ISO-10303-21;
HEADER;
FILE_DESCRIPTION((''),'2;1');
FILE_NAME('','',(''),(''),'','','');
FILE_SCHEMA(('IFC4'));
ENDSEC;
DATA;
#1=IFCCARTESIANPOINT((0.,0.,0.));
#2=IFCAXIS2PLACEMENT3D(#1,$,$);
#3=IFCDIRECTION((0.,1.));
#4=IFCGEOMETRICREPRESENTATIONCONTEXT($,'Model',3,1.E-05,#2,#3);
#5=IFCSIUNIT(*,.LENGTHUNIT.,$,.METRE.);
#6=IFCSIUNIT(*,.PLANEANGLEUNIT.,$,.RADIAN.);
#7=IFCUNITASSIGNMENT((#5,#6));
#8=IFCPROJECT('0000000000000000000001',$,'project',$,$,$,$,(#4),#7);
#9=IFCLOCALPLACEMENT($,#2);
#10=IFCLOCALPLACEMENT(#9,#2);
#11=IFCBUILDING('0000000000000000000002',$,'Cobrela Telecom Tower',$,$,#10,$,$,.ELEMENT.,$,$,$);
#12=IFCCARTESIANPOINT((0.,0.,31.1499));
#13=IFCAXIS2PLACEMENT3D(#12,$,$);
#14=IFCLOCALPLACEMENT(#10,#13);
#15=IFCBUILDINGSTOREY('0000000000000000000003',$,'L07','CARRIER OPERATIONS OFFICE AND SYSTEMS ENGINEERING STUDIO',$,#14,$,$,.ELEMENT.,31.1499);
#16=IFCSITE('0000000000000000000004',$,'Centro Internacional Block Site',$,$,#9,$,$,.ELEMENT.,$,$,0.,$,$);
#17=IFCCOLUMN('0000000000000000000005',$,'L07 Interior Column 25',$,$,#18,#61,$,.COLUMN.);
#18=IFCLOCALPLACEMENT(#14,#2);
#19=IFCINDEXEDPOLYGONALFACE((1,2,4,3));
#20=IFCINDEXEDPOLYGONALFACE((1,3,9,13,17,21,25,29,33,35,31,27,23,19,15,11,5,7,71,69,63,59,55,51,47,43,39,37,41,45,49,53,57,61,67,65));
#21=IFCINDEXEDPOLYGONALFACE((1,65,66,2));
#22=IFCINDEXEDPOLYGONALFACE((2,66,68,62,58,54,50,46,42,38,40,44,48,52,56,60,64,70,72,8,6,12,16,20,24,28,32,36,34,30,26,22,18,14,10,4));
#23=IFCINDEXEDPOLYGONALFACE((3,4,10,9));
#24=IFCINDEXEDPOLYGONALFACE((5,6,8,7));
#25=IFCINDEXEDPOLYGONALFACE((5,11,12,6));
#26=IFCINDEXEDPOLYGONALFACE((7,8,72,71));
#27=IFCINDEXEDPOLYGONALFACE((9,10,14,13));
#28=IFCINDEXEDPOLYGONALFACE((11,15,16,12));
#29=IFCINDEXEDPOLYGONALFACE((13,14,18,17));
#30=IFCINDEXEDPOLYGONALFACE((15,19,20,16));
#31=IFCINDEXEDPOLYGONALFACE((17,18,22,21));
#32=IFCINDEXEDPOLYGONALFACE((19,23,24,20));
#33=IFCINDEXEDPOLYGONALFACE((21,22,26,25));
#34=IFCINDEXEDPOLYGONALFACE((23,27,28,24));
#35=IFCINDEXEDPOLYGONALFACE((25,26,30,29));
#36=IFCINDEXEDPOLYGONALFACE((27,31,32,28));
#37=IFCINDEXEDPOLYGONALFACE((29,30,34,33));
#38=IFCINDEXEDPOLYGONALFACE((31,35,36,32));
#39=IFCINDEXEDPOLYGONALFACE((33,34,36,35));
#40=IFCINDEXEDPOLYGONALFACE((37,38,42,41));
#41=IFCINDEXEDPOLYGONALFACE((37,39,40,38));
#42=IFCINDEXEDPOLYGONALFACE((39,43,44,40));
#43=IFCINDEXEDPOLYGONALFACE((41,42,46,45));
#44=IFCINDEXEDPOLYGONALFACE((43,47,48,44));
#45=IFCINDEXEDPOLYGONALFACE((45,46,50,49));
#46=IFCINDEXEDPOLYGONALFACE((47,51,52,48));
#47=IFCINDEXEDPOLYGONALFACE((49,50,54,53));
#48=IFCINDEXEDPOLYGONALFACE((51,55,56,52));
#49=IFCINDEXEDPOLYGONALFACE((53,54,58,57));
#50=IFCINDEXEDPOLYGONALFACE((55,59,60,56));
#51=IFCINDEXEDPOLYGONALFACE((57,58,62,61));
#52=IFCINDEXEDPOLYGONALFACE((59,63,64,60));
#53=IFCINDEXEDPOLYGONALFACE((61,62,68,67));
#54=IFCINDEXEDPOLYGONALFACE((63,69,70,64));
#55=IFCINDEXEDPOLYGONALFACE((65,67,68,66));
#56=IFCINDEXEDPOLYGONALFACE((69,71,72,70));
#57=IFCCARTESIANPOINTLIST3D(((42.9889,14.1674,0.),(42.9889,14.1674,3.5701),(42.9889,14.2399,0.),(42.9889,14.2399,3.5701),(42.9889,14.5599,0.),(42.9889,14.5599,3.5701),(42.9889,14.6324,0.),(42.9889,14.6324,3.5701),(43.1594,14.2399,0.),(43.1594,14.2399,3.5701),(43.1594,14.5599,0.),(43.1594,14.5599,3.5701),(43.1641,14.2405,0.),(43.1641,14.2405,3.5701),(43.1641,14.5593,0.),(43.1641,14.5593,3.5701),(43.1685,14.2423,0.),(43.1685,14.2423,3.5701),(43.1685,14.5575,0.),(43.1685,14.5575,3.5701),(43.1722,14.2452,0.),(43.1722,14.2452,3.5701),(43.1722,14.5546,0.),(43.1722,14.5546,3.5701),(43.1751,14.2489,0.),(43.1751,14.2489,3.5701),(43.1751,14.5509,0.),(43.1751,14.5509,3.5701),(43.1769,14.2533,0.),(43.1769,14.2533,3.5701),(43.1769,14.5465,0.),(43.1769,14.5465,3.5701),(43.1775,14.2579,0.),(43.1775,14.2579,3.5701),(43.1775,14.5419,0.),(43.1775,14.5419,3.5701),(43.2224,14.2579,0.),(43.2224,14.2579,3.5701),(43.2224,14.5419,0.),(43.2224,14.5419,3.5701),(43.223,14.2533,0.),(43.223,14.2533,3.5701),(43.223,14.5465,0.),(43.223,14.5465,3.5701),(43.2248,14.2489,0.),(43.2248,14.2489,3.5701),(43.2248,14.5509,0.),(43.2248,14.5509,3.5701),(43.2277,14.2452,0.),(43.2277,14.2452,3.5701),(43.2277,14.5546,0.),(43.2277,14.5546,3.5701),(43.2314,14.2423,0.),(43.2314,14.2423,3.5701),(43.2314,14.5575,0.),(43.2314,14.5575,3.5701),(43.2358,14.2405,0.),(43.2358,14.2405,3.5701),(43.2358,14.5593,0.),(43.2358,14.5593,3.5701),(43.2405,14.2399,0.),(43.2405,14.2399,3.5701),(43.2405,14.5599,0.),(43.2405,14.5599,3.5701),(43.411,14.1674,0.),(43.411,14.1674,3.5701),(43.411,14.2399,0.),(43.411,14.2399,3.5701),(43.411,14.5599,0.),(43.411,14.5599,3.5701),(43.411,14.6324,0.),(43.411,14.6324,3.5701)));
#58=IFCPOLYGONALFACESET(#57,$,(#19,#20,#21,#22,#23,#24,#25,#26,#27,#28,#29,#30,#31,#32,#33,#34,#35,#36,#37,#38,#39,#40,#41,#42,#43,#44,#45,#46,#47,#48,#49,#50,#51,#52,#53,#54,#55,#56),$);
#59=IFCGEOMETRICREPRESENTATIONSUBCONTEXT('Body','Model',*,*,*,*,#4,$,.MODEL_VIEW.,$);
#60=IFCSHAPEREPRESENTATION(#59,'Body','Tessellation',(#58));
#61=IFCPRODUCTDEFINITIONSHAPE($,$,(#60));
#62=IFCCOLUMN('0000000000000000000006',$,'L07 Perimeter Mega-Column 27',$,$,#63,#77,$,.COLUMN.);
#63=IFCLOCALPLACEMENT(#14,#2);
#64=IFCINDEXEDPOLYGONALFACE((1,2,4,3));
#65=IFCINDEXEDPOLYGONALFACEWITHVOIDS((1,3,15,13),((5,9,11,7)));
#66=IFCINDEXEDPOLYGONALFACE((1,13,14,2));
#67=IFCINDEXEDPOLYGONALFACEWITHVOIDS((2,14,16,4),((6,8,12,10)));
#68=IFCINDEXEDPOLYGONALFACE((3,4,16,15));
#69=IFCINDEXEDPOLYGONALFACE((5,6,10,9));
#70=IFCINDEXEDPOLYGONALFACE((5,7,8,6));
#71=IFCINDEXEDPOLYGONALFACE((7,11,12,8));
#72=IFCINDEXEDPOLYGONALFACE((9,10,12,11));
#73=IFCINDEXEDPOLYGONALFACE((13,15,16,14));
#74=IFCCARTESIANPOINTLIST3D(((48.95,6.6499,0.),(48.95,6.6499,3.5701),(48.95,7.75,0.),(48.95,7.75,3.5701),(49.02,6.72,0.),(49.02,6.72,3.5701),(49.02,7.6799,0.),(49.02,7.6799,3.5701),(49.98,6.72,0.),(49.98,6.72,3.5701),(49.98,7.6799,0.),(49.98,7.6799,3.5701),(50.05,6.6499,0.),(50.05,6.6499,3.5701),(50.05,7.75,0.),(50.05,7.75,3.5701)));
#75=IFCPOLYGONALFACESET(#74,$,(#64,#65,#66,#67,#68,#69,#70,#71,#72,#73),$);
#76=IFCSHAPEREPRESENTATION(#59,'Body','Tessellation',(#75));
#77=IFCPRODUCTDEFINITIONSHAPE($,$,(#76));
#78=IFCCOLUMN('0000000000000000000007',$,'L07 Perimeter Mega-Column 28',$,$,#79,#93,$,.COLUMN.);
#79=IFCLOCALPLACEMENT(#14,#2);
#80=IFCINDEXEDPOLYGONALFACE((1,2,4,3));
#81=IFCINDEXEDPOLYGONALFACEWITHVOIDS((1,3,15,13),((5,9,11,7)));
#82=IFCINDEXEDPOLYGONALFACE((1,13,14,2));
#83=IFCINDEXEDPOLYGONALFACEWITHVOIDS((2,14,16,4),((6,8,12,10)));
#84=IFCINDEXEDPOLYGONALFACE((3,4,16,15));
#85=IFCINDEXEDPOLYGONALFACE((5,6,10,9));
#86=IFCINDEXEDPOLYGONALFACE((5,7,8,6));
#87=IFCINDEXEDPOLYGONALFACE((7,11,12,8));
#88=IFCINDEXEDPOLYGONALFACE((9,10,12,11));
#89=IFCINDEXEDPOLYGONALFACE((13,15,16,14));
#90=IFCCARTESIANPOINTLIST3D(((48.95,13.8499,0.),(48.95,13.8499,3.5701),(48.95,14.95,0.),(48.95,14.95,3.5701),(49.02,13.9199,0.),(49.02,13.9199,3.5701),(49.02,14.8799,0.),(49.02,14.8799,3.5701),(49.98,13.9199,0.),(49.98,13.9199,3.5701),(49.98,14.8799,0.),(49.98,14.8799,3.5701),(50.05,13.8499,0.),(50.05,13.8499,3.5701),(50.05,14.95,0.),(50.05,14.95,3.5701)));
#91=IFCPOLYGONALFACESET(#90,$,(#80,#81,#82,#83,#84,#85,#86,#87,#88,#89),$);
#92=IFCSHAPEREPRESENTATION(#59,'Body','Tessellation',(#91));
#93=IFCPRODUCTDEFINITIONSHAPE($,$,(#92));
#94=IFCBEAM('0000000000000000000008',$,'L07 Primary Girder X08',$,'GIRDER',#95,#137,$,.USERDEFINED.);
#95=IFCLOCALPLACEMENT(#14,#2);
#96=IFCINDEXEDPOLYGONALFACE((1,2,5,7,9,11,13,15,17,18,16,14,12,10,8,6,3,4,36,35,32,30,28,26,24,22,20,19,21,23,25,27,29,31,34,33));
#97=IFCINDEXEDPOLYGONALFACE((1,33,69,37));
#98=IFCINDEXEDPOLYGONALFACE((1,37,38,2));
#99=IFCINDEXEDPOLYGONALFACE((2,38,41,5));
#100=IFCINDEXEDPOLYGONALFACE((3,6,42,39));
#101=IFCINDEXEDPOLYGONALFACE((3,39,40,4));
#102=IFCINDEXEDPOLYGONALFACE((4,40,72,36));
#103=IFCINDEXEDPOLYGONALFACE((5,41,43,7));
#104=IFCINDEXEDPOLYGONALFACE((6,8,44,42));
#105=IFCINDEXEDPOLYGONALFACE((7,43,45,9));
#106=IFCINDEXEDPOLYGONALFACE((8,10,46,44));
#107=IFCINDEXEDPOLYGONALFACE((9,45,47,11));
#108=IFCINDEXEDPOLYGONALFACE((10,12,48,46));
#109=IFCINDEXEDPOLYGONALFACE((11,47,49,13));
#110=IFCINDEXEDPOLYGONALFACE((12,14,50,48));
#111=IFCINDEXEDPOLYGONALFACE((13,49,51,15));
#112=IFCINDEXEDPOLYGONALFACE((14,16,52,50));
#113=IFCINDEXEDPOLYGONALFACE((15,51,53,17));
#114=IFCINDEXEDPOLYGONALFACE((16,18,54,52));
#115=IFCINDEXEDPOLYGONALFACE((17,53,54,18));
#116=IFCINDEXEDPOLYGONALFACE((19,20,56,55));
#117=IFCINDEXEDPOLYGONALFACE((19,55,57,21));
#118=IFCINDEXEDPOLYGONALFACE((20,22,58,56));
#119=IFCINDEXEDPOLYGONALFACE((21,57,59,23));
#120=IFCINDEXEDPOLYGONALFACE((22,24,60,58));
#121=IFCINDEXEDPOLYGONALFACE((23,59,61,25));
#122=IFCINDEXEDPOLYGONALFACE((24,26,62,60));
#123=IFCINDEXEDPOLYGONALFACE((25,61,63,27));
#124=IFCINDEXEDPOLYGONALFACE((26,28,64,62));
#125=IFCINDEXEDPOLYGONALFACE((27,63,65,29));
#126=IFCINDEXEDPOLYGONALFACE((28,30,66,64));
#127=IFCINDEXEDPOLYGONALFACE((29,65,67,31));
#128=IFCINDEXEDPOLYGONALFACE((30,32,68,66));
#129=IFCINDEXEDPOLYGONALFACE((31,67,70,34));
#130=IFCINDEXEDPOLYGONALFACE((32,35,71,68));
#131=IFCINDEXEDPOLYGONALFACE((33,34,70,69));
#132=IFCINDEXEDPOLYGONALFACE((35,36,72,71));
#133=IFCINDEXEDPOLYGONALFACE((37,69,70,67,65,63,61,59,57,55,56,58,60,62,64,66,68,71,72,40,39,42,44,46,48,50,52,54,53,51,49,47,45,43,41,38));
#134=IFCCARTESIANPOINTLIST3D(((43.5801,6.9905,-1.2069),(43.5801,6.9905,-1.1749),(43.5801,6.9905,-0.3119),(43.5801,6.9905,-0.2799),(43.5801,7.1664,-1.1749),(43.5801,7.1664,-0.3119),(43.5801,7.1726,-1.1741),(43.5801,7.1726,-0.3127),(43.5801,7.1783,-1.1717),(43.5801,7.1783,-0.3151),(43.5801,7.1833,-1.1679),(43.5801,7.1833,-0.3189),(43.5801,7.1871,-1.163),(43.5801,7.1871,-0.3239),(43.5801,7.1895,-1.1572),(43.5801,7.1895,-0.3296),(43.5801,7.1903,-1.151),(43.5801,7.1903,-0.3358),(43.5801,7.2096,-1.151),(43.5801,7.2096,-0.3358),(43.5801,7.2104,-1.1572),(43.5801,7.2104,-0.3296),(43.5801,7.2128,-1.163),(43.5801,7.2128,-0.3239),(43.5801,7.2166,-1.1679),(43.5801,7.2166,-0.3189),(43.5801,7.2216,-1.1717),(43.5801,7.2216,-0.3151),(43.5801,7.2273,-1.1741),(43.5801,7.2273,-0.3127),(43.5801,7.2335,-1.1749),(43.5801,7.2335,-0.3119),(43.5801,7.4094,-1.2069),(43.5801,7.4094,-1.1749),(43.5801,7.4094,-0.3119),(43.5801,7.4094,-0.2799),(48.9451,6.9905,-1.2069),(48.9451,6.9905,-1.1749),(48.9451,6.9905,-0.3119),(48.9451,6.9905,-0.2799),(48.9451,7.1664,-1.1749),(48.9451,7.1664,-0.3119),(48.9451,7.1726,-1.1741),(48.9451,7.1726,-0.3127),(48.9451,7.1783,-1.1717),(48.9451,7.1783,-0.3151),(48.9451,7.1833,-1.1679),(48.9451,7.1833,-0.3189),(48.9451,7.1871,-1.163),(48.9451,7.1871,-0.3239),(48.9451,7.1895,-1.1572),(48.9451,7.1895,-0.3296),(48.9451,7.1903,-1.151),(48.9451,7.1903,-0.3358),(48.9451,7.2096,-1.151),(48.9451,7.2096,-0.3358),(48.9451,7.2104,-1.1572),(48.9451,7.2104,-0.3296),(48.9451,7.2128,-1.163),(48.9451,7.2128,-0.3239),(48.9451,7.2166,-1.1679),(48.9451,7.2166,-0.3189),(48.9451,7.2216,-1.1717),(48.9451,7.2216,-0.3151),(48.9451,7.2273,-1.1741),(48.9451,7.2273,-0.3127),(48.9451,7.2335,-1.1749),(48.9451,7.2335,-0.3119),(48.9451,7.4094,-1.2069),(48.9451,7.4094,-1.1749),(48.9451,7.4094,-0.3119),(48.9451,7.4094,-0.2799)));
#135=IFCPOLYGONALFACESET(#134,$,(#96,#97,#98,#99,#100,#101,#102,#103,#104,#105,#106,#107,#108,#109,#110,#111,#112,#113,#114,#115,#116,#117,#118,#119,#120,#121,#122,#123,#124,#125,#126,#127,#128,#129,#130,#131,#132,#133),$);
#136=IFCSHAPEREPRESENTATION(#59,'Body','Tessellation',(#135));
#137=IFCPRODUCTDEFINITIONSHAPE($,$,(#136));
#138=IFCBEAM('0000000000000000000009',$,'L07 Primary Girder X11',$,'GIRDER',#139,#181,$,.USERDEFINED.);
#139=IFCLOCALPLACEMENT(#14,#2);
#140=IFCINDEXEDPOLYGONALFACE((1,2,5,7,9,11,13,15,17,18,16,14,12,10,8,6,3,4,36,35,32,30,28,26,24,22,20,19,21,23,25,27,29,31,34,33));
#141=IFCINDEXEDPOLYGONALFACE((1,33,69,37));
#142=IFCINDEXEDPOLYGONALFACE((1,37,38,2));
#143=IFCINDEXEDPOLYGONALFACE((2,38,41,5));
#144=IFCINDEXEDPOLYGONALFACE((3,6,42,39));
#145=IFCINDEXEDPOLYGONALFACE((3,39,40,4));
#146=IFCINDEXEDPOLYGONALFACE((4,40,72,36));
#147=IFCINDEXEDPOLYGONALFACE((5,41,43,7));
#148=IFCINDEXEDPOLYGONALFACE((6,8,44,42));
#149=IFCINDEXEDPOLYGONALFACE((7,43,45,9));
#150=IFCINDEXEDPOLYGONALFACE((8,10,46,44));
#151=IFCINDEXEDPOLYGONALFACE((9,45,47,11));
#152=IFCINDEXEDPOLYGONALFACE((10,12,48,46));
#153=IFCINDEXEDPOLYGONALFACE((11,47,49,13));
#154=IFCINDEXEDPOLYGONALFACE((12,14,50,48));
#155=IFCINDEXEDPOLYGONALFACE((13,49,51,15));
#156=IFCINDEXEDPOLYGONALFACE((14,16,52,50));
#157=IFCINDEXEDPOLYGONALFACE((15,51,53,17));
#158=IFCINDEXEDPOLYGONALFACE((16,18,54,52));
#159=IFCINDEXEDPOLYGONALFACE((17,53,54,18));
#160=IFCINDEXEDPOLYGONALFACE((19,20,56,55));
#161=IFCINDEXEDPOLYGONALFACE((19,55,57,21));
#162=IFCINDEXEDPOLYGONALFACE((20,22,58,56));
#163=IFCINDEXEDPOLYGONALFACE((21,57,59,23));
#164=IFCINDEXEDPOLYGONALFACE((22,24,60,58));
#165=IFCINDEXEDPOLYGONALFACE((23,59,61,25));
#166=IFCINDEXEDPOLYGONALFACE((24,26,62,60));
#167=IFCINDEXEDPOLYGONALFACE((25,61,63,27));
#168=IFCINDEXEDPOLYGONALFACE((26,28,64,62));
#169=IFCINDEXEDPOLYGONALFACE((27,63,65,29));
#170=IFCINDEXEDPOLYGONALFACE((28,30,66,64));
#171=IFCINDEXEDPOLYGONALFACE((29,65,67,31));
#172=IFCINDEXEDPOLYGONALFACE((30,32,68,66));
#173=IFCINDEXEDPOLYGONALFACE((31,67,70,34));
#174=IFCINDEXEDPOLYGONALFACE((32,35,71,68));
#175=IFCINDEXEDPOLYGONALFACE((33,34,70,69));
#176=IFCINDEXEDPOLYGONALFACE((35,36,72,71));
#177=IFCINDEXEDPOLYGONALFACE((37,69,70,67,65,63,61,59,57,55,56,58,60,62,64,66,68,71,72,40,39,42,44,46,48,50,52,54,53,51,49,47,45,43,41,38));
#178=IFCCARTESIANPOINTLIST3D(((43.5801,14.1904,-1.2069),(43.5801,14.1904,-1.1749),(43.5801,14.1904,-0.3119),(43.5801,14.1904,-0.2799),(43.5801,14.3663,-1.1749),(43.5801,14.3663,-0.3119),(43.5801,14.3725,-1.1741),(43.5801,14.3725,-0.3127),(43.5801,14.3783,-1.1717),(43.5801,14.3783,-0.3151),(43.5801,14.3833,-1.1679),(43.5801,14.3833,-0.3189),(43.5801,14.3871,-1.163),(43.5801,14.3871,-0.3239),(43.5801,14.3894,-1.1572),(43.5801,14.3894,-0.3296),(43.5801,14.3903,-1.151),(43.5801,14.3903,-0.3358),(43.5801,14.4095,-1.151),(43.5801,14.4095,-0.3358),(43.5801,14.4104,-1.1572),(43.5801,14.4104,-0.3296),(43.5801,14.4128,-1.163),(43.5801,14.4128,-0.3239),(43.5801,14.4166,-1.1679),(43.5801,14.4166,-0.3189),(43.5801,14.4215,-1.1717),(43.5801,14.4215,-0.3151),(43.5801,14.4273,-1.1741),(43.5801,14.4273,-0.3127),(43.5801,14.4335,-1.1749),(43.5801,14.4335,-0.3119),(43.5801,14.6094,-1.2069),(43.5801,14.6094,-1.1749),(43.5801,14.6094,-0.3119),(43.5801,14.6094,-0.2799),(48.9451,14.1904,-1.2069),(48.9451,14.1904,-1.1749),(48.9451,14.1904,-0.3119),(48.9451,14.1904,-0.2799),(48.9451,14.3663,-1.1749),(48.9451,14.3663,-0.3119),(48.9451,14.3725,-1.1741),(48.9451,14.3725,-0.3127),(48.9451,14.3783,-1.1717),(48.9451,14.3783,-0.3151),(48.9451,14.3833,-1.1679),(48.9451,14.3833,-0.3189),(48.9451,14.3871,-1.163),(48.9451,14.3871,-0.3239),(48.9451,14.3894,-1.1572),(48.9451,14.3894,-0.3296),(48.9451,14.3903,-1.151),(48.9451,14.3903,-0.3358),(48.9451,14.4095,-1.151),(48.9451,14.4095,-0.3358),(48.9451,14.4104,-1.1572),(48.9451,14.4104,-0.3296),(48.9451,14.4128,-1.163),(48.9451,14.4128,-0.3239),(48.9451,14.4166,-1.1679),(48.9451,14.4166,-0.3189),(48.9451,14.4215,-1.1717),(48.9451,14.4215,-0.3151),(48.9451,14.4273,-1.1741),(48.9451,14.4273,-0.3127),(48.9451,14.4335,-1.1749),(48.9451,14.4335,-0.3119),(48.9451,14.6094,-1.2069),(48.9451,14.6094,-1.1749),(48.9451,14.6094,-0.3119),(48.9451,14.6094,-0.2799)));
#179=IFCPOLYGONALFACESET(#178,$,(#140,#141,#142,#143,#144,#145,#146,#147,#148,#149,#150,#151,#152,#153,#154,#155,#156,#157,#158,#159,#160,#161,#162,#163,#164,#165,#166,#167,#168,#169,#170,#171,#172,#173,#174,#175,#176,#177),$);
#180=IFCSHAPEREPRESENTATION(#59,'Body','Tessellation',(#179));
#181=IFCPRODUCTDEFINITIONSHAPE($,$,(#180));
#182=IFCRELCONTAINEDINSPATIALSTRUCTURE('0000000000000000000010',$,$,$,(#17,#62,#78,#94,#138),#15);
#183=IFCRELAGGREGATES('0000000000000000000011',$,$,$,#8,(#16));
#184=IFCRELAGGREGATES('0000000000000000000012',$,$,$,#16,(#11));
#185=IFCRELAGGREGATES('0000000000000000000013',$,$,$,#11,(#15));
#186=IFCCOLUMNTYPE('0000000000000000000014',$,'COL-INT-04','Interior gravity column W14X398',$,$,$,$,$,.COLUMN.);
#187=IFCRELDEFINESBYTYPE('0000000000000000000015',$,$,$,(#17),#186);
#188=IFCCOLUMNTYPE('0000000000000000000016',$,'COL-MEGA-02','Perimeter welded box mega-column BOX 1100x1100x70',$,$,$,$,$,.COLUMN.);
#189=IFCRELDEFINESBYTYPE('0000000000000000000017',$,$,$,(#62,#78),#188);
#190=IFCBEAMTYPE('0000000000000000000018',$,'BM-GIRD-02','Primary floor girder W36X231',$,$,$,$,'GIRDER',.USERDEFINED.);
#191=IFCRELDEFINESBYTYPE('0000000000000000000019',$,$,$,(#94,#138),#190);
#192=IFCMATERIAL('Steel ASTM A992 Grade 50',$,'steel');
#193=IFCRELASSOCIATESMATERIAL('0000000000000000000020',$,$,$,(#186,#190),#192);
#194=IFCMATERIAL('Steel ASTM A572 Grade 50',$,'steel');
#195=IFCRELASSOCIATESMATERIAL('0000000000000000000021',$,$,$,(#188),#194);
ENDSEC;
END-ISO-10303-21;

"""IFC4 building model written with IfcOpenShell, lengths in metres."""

from ifc_helpers import new_model, si_unit, direction, frame, origin, origin_2d, place, context, subcontext, project, spatial, hollow_rectangle, i_section, extrude, material, material_profile, profile_set, type_object, element, save


model = new_model("IFC4")

# Units and contexts
model_context = context("Model", 3, precision=1e-05, world=origin(), true_north=direction((0.0, 1.0)))
body_context = subcontext(model_context, "Body", "Model", "MODEL_VIEW")
ifc_project = project(units=[si_unit("LENGTHUNIT", "METRE"), si_unit("PLANEANGLEUNIT", "RADIAN")], contexts=[model_context])

# Site, building, storey
site_placement = place(None, origin())
site = spatial("IfcSite", under=ifc_project, at=site_placement, Name="Centro Internacional Block Site", CompositionType="ELEMENT", RefElevation=0.0)
building_placement = place(site_placement, origin())
building = spatial("IfcBuilding", under=site, at=building_placement, Name="Cobrela Telecom Tower", CompositionType="ELEMENT")
storey_placement = place(building_placement, frame((0.0, 0.0, 31.1499)))
storey = spatial("IfcBuildingStorey", under=building, at=storey_placement, Name="L07", Description="CARRIER OPERATIONS OFFICE AND SYSTEMS ENGINEERING STUDIO", CompositionType="ELEMENT", Elevation=31.1499)

# Columns
ifc_material_1 = material(Name="Steel ASTM A992 Grade 50", Category="steel")
ifc_material_profile_1 = material_profile(ifc_material_1, i_section(OverallWidth=0.4221, OverallDepth=0.4651, WebThickness=0.0449, FlangeThickness=0.0725, FilletRadius=0.0181, at=origin_2d()), Name="W14X398")
ifc_profile_set_1 = profile_set([ifc_material_profile_1], Name="Steel ASTM A992 Grade 50")
column_type_1 = type_object("IfcColumnType", Name="COL-INT-04", Description="Interior gravity column W14X398", PredefinedType="COLUMN", material=ifc_profile_set_1)
column_placement = place(storey_placement, frame((43.2, 14.3999, 0.0), z_axis=(0.0, 0.0, 1.0), x_axis=(1.0, 0.0, 0.0)))
element("IfcColumn", 1, at=column_placement, inside=storey, type_object=column_type_1, Name="L07 Interior Column 25", PredefinedType="COLUMN", context=body_context, shape_type="SweptSolid", body=[
    extrude(i_section(OverallWidth=0.4221, OverallDepth=0.4651, WebThickness=0.0449, FlangeThickness=0.0725, FilletRadius=0.0181, at=origin_2d()), origin(), (0.0, 0.0, 1.0), 3.5701),
])
ifc_material_2 = material(Name="Steel ASTM A572 Grade 50", Category="steel")
ifc_material_profile_2 = material_profile(ifc_material_2, hollow_rectangle(XDim=1.1001, YDim=1.1001, WallThickness=0.0701, at=origin_2d()), Name="BOX 1100x1100x70")
ifc_profile_set_2 = profile_set([ifc_material_profile_2], Name="Steel ASTM A572 Grade 50")
column_type_2 = type_object("IfcColumnType", Name="COL-MEGA-02", Description="Perimeter welded box mega-column BOX 1100x1100x70", PredefinedType="COLUMN", material=ifc_profile_set_2)
for number, where, z_axis, x_axis, name in (
    (2, (49.5, 7.2, 0.0), (0.0, 0.0, 1.0), (1.0, 0.0, 0.0), "L07 Perimeter Mega-Column 27"),
    (3, (49.5, 14.3999, 0.0), (0.0, 0.0, 1.0), (1.0, 0.0, 0.0), "L07 Perimeter Mega-Column 28"),
):
    element("IfcColumn", number, at=place(storey_placement, frame(where, z_axis=z_axis, x_axis=x_axis)), inside=storey, type_object=column_type_2, Name=name, PredefinedType="COLUMN", context=body_context, shape_type="SweptSolid", body=[
        extrude(hollow_rectangle(XDim=1.1001, YDim=1.1001, WallThickness=0.0701, at=origin_2d()), origin(), (0.0, 0.0, 1.0), 3.5701),
    ])

# Beams
ifc_material_profile_3 = material_profile(ifc_material_1, i_section(OverallWidth=0.4189, OverallDepth=0.927, WebThickness=0.0193, FlangeThickness=0.032, FilletRadius=0.0239, at=origin_2d()), Name="W36X231")
ifc_profile_set_3 = profile_set([ifc_material_profile_3], Name="Steel ASTM A992 Grade 50")
beam_type_1 = type_object("IfcBeamType", Name="BM-GIRD-02", Description="Primary floor girder W36X231", ElementType="GIRDER", PredefinedType="USERDEFINED", material=ifc_profile_set_3)
for number, where, z_axis, x_axis, name in (
    (4, (43.5801, 7.2, -0.7434), (1.0, 0.0, 0.0), (0.0, 1.0, 0.0), "L07 Primary Girder X08"),
    (5, (43.5801, 14.3999, -0.7434), (1.0, 0.0, 0.0), (0.0, 1.0, 0.0), "L07 Primary Girder X11"),
):
    element("IfcBeam", number, at=place(storey_placement, frame(where, z_axis=z_axis, x_axis=x_axis)), inside=storey, type_object=beam_type_1, Name=name, ObjectType="GIRDER", PredefinedType="USERDEFINED", context=body_context, shape_type="SweptSolid", body=[
        extrude(i_section(OverallWidth=0.4189, OverallDepth=0.927, WebThickness=0.0193, FlangeThickness=0.032, FilletRadius=0.0239, at=origin_2d()), origin(), (0.0, 0.0, 1.0), 5.365),
    ])

save(model, "model.ifc")
